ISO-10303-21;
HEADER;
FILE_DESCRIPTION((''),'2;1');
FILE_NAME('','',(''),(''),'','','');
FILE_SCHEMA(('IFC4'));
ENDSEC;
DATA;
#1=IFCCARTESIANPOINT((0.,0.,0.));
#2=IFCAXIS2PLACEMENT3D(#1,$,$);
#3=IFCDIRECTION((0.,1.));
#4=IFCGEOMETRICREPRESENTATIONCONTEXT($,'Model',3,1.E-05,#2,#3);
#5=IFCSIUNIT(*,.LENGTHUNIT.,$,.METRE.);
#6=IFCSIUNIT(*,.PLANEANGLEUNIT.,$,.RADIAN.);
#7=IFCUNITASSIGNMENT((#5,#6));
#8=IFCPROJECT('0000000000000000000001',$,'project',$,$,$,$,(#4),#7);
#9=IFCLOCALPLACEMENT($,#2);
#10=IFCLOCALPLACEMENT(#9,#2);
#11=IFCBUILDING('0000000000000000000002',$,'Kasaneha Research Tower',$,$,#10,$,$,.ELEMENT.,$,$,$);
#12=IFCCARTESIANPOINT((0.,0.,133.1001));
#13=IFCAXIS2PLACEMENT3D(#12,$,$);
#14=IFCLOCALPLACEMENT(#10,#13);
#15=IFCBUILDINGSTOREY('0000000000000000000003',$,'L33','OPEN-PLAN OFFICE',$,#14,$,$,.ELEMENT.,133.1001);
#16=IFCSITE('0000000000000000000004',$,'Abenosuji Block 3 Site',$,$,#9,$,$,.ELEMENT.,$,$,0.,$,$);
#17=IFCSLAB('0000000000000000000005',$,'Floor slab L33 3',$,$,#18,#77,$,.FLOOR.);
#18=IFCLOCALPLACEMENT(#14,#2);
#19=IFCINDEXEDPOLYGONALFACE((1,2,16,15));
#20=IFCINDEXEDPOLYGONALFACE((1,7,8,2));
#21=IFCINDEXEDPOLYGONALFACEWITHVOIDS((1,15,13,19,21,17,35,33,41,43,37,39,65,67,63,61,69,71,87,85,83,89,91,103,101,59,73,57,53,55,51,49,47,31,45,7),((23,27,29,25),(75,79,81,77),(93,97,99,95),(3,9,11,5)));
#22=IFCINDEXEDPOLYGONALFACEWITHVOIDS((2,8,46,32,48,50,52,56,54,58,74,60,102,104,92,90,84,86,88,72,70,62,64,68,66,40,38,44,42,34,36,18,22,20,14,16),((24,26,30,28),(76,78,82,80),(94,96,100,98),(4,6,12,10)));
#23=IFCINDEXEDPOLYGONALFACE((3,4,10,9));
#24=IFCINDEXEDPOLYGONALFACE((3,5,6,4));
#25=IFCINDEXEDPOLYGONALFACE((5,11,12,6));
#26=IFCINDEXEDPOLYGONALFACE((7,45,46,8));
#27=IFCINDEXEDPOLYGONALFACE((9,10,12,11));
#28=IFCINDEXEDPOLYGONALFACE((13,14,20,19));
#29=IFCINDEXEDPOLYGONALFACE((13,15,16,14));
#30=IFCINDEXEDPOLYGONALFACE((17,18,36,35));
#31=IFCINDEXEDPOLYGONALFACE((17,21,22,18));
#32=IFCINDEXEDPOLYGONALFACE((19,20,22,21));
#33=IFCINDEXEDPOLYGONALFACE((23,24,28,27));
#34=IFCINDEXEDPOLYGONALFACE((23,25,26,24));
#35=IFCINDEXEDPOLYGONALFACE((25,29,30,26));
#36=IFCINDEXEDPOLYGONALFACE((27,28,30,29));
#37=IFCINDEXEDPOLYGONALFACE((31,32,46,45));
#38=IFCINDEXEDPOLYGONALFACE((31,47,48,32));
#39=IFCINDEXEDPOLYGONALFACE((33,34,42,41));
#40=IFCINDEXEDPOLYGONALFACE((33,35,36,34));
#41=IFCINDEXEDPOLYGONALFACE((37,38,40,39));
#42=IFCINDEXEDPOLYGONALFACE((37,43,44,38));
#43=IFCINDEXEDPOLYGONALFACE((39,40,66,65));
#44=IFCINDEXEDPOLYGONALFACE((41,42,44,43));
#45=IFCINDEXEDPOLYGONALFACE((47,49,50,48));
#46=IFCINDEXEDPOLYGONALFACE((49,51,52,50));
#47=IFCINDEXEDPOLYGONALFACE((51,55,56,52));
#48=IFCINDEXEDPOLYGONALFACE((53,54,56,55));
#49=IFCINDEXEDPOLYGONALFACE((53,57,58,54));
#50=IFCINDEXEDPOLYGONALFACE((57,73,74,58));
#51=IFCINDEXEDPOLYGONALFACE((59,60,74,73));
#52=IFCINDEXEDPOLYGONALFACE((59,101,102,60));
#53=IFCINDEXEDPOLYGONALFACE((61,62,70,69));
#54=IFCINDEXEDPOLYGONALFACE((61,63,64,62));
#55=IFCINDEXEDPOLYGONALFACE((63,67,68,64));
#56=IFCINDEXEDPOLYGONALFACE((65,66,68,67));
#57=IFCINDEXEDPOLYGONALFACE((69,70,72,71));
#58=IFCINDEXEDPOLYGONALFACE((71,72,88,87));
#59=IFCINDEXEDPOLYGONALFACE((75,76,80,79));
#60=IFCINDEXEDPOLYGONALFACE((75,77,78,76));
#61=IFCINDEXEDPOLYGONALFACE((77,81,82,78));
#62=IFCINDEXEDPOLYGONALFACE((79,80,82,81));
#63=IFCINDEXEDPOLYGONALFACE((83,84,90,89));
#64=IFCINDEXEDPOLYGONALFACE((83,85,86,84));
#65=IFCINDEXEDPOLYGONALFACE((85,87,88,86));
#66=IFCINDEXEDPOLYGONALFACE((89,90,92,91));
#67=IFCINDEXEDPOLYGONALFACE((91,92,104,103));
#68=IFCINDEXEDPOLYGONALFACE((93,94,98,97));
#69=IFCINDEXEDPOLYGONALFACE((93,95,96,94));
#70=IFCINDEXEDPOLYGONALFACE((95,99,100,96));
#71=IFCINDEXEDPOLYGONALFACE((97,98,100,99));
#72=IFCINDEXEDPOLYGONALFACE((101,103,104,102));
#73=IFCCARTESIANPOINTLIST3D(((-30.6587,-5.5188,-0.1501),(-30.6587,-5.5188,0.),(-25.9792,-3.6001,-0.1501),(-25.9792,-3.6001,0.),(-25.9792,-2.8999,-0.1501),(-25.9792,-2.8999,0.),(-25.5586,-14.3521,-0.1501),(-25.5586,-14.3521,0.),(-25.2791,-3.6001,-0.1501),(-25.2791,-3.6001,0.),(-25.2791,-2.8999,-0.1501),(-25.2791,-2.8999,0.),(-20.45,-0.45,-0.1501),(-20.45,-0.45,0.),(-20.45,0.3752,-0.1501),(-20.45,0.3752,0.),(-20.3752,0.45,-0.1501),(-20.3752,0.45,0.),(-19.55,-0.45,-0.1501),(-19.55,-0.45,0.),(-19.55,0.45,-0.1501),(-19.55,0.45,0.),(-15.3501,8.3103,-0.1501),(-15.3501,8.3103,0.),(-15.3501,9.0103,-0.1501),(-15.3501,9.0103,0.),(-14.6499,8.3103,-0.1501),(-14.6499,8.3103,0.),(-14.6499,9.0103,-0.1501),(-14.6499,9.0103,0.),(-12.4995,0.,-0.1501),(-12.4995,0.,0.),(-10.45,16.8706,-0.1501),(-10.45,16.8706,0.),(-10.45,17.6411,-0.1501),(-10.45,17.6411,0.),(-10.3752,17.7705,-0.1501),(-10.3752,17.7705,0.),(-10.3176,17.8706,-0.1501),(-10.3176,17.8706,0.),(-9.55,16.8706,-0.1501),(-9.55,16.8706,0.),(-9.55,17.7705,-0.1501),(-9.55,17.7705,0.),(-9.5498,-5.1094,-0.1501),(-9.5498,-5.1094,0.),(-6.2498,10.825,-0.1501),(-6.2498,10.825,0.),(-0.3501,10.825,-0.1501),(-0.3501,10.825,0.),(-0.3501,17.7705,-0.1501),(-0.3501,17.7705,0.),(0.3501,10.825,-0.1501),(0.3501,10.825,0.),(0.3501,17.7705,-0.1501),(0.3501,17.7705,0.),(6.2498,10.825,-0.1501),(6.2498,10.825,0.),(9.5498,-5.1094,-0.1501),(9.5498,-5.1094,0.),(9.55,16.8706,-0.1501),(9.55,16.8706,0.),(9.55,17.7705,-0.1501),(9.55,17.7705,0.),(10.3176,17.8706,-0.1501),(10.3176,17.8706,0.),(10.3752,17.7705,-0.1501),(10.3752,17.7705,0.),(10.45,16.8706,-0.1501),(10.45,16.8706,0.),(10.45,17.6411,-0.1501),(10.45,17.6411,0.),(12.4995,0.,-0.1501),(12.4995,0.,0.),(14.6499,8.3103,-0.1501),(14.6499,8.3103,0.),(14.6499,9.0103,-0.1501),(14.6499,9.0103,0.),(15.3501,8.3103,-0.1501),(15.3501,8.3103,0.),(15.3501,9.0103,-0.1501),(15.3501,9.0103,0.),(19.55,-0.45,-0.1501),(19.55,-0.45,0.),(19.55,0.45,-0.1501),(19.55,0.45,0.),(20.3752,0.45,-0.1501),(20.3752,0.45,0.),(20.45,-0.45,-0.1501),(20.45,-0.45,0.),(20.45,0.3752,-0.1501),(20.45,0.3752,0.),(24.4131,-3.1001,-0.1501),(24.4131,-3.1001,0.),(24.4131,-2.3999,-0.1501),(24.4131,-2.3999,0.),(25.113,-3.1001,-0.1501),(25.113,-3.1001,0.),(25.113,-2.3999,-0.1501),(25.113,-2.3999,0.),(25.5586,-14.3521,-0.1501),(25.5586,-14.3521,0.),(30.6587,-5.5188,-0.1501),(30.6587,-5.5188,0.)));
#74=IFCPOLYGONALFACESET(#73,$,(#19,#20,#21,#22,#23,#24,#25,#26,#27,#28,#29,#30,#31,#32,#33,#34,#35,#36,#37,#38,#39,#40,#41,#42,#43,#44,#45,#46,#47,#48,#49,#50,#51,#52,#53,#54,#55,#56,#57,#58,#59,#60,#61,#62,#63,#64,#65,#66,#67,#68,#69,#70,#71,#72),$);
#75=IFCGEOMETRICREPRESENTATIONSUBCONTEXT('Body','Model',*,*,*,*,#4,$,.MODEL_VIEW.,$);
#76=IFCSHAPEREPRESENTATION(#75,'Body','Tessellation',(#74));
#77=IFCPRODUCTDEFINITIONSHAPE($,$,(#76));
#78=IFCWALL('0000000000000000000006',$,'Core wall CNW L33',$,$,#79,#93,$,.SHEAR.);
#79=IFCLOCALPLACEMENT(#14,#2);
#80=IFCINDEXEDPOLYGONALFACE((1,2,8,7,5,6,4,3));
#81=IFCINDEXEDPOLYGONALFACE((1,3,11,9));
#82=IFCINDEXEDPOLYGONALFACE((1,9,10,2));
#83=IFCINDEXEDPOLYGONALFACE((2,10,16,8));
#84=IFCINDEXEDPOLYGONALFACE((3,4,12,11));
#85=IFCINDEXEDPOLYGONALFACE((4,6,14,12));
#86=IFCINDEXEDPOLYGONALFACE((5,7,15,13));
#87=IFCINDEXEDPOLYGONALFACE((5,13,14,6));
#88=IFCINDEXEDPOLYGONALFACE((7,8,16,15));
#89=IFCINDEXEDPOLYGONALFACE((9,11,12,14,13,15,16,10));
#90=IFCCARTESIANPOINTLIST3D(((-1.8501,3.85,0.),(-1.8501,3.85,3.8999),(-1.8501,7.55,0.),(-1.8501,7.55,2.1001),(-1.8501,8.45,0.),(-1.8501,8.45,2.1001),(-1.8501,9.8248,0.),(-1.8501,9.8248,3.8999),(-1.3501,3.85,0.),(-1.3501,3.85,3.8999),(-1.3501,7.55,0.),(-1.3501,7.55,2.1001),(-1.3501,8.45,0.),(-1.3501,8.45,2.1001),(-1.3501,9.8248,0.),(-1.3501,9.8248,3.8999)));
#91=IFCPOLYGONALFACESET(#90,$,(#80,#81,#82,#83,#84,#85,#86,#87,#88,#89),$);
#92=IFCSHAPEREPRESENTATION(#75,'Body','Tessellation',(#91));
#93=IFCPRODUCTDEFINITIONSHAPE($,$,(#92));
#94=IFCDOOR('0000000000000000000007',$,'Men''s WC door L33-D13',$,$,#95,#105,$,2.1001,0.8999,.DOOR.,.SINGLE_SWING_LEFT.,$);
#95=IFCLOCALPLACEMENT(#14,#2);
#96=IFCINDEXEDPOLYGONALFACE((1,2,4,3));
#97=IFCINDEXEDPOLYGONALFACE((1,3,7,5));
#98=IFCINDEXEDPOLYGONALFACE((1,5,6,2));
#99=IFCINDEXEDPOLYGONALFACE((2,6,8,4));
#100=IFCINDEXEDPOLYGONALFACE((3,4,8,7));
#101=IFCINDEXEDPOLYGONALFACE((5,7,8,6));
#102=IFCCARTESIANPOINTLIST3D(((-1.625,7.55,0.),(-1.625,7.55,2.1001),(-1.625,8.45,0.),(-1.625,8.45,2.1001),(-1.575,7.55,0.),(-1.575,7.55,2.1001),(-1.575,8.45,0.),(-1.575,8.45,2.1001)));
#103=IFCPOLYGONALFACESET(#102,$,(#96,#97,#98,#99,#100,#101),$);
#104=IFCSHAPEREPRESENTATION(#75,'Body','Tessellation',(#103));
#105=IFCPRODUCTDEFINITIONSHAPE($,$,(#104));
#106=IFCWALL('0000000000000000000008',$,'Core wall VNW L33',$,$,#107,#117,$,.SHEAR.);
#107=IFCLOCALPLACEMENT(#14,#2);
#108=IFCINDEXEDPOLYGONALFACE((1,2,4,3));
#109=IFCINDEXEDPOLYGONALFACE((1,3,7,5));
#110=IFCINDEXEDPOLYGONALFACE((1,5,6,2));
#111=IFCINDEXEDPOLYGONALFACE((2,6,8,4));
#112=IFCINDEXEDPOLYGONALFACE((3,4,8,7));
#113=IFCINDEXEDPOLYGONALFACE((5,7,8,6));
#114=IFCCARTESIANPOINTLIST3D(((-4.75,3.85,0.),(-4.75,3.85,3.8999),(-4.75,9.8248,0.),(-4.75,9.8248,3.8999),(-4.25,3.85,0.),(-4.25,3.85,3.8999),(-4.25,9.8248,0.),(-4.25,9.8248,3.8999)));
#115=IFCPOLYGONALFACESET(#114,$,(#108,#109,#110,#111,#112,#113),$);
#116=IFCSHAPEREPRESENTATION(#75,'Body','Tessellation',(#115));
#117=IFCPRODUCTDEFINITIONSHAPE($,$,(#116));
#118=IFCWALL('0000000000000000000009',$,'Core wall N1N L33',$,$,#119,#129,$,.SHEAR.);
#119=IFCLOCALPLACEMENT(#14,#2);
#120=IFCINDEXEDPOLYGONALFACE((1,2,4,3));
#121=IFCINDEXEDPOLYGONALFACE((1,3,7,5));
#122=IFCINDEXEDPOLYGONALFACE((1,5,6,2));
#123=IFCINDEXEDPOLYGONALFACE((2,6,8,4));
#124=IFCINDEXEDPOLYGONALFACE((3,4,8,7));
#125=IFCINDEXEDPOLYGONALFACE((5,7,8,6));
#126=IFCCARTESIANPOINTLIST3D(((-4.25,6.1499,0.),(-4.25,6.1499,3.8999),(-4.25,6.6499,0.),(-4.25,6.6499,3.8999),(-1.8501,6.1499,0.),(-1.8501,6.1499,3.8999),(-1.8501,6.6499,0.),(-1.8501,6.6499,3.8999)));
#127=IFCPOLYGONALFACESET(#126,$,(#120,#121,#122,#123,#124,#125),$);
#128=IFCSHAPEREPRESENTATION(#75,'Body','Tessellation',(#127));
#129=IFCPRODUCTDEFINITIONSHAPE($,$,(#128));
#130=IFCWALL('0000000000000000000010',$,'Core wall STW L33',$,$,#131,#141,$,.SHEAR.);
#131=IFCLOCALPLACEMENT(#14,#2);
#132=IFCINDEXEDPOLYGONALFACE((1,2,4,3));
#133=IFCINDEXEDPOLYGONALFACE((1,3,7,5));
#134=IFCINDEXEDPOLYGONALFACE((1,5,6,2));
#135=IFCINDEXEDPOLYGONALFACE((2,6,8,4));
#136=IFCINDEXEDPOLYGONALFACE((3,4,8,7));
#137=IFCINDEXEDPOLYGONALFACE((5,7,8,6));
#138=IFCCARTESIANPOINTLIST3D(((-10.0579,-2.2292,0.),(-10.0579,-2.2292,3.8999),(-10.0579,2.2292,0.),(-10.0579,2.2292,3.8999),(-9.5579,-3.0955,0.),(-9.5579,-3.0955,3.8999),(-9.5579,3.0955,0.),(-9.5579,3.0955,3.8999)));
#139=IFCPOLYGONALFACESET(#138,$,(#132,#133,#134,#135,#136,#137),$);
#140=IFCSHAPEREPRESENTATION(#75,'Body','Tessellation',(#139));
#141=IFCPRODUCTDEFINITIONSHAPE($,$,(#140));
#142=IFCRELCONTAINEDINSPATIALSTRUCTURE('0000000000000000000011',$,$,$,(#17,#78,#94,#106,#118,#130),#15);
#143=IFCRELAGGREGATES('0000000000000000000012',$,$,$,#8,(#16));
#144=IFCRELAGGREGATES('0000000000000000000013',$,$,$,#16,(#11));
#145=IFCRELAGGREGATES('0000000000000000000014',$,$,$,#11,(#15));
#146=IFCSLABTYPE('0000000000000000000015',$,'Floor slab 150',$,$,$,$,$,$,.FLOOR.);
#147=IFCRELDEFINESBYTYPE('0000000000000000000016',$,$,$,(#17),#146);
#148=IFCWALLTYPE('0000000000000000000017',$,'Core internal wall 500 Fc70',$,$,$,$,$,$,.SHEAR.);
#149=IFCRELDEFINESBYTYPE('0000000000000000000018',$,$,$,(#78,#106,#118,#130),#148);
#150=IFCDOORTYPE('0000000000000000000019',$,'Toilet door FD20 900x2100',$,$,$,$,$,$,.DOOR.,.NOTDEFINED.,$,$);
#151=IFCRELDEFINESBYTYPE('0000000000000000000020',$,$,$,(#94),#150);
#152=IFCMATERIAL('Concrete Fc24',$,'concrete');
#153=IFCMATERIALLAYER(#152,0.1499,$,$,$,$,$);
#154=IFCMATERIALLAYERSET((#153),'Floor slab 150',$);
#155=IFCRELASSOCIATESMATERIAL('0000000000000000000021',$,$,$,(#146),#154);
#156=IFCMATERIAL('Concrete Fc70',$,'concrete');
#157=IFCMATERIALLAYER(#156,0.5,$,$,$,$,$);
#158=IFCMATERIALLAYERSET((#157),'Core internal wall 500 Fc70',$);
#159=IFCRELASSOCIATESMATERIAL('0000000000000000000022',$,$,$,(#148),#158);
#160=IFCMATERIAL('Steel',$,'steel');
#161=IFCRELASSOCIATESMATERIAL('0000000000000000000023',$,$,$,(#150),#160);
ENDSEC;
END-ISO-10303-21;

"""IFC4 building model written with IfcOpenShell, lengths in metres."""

from ifc_helpers import new_model, si_unit, direction, frame, frame_2d, origin, place, context, subcontext, project, spatial, polyline, rectangle, outline, extrude, material, layer, layer_set, type_object, element, fill, save


model = new_model("IFC4")

# Units and contexts
model_context = context("Model", 3, precision=1e-05, world=origin(), true_north=direction((0.0, 1.0)))
body_context = subcontext(model_context, "Body", "Model", "MODEL_VIEW")
ifc_project = project(units=[si_unit("LENGTHUNIT", "METRE"), si_unit("PLANEANGLEUNIT", "RADIAN")], contexts=[model_context])

# Site, building, storey
site_placement = place(None, origin())
site = spatial("IfcSite", under=ifc_project, at=site_placement, Name="Abenosuji Block 3 Site", CompositionType="ELEMENT", RefElevation=0.0)
building_placement = place(site_placement, origin())
building = spatial("IfcBuilding", under=site, at=building_placement, Name="Kasaneha Research Tower", CompositionType="ELEMENT")
storey_placement = place(building_placement, frame((0.0, 0.0, 133.1001)))
storey = spatial("IfcBuildingStorey", under=building, at=storey_placement, Name="L33", Description="OPEN-PLAN OFFICE", CompositionType="ELEMENT", Elevation=133.1001)

# Slab
ifc_material_1 = material(Name="Concrete Fc24", Category="concrete")
ifc_layer_1 = layer(ifc_material_1, 0.1499)
ifc_layer_set_1 = layer_set([ifc_layer_1], Name="Floor slab 150")
slab_type = type_object("IfcSlabType", Name="Floor slab 150", PredefinedType="FLOOR", material=ifc_layer_set_1)
slab_1_placement = place(storey_placement, frame((0.0, 0.0, -0.1501)))
element("IfcSlab", 1, at=slab_1_placement, inside=storey, type_object=slab_type, Name="Floor slab L33 3", PredefinedType="FLOOR", context=body_context, shape_type="SweptSolid", body=[
    extrude(outline(polyline([(-20.45, -0.45), (-19.55, -0.45), (-19.55, 0.45), (-20.3752, 0.45), (-10.45, 17.6411), (-10.45, 16.8706), (-9.55, 16.8706), (-9.55, 17.7705), (-10.3752, 17.7705), (-10.3176, 17.8706), (10.3176, 17.8706), (10.3752, 17.7705), (9.55, 17.7705), (9.55, 16.8706), (10.45, 16.8706), (10.45, 17.6411), (20.3752, 0.45), (19.55, 0.45), (19.55, -0.45), (20.45, -0.45), (20.45, 0.3752), (30.6587, -5.5188), (25.5586, -14.3521), (9.5498, -5.1094), (12.4995, 0.0), (6.2498, 10.825), (0.3501, 10.825), (0.3501, 17.7705), (-0.3501, 17.7705), (-0.3501, 10.825), (-6.2498, 10.825), (-12.4995, 0.0), (-9.5498, -5.1094), (-25.5586, -14.3521), (-30.6587, -5.5188), (-20.45, 0.3752), (-20.45, -0.45)]), holes=[polyline([(-25.9792, -3.6001), (-25.2791, -3.6001), (-25.2791, -2.8999), (-25.9792, -2.8999), (-25.9792, -3.6001)]), polyline([(-15.3501, 9.0103), (-15.3501, 8.3103), (-14.6499, 8.3103), (-14.6499, 9.0103), (-15.3501, 9.0103)]), polyline([(24.4131, -2.3999), (24.4131, -3.1001), (25.113, -3.1001), (25.113, -2.3999), (24.4131, -2.3999)]), polyline([(14.6499, 9.0103), (14.6499, 8.3103), (15.3501, 8.3103), (15.3501, 9.0103), (14.6499, 9.0103)])]), origin(), (0.0, 0.0, 1.0), 0.1501),
])

# Shared definitions
ifc_material_2 = material(Name="Concrete Fc70", Category="concrete")
ifc_layer_2 = layer(ifc_material_2, 0.5)
ifc_layer_set_2 = layer_set([ifc_layer_2], Name="Core internal wall 500 Fc70")
wall_type_1 = type_object("IfcWallType", Name="Core internal wall 500 Fc70", PredefinedType="SHEAR", material=ifc_layer_set_2)

# Wall, opening, door
wall_1_placement = place(storey_placement, frame((-1.6001, 3.8501, 0.0), z_axis=(0.0, 0.0, 1.0), x_axis=(0.0, 1.0, 0.0)))
wall_1 = element("IfcWall", 2, at=wall_1_placement, inside=storey, type_object=wall_type_1, Name="Core wall CNW L33", PredefinedType="SHEAR", context=body_context, shape_type="SweptSolid", body=[
    extrude(rectangle(XDim=5.9749, YDim=0.5, at=frame_2d((2.9873, 0.0))), origin(), (0.0, 0.0, 1.0), 3.8999),
])
opening_1_placement = place(wall_1_placement, frame((3.7, 0.0, 0.0)))
opening_1 = element("IfcOpeningElement", 3, at=opening_1_placement, cuts=wall_1, PredefinedType="OPENING", context=body_context, shape_type="SweptSolid", body=[
    extrude(rectangle(XDim=0.8999, YDim=2.1001, at=frame_2d((0.45, 1.05))), frame((0.0, 0.26, 0.0), z_axis=(0.0, -1.0, 0.0), x_axis=(1.0, 0.0, 0.0)), (0.0, 0.0, 1.0), 0.52),
])
ifc_material_3 = material(Name="Steel", Category="steel")
door_type_1 = type_object("IfcDoorType", Name="Toilet door FD20 900x2100", OperationType="NOTDEFINED", PredefinedType="DOOR", material=ifc_material_3)
door_1_placement = place(opening_1_placement, origin())
door_1 = element("IfcDoor", 4, at=door_1_placement, inside=storey, type_object=door_type_1, Name="Men's WC door L33-D13", OperationType="SINGLE_SWING_LEFT", OverallHeight=2.1001, OverallWidth=0.8999, PredefinedType="DOOR", context=body_context, shape_type="SweptSolid", body=[
    extrude(rectangle(XDim=0.8999, YDim=2.1001, at=frame_2d((0.45, 1.05))), frame((0.0, 0.0249, 0.0), z_axis=(0.0, -1.0, 0.0), x_axis=(1.0, 0.0, 0.0)), (0.0, 0.0, 1.0), 0.05),
])
fill(opening_1, door_1)

# Walls
wall_2_placement = place(storey_placement, frame((-4.5, 3.8501, 0.0), z_axis=(0.0, 0.0, 1.0), x_axis=(0.0, 1.0, 0.0)))
element("IfcWall", 5, at=wall_2_placement, inside=storey, type_object=wall_type_1, Name="Core wall VNW L33", PredefinedType="SHEAR", context=body_context, shape_type="SweptSolid", body=[
    extrude(rectangle(XDim=5.9749, YDim=0.5, at=frame_2d((2.9873, 0.0))), origin(), (0.0, 0.0, 1.0), 3.8999),
])
wall_3_placement = place(storey_placement, frame((-4.25, 6.3999, 0.0), z_axis=(0.0, 0.0, 1.0), x_axis=(1.0, 0.0, 0.0)))
element("IfcWall", 6, at=wall_3_placement, inside=storey, type_object=wall_type_1, Name="Core wall N1N L33", PredefinedType="SHEAR", context=body_context, shape_type="SweptSolid", body=[
    extrude(rectangle(XDim=2.3999, YDim=0.5, at=frame_2d((1.2, 0.0))), origin(), (0.0, 0.0, 1.0), 3.8999),
])
wall_4_placement = place(storey_placement, frame((-9.8079, -2.6624, 0.0), z_axis=(0.0, 0.0, 1.0), x_axis=(0.0, 1.0, 0.0)))
element("IfcWall", 7, at=wall_4_placement, inside=storey, type_object=wall_type_1, Name="Core wall STW L33", PredefinedType="SHEAR", context=body_context, shape_type="SweptSolid", body=[
    extrude(outline(polyline([(-0.4331, -0.25), (5.7578, -0.25), (4.8916, 0.25), (0.4331, 0.25), (-0.4331, -0.25)])), origin(), (0.0, 0.0, 1.0), 3.8999),
])

save(model, "model.ifc")
